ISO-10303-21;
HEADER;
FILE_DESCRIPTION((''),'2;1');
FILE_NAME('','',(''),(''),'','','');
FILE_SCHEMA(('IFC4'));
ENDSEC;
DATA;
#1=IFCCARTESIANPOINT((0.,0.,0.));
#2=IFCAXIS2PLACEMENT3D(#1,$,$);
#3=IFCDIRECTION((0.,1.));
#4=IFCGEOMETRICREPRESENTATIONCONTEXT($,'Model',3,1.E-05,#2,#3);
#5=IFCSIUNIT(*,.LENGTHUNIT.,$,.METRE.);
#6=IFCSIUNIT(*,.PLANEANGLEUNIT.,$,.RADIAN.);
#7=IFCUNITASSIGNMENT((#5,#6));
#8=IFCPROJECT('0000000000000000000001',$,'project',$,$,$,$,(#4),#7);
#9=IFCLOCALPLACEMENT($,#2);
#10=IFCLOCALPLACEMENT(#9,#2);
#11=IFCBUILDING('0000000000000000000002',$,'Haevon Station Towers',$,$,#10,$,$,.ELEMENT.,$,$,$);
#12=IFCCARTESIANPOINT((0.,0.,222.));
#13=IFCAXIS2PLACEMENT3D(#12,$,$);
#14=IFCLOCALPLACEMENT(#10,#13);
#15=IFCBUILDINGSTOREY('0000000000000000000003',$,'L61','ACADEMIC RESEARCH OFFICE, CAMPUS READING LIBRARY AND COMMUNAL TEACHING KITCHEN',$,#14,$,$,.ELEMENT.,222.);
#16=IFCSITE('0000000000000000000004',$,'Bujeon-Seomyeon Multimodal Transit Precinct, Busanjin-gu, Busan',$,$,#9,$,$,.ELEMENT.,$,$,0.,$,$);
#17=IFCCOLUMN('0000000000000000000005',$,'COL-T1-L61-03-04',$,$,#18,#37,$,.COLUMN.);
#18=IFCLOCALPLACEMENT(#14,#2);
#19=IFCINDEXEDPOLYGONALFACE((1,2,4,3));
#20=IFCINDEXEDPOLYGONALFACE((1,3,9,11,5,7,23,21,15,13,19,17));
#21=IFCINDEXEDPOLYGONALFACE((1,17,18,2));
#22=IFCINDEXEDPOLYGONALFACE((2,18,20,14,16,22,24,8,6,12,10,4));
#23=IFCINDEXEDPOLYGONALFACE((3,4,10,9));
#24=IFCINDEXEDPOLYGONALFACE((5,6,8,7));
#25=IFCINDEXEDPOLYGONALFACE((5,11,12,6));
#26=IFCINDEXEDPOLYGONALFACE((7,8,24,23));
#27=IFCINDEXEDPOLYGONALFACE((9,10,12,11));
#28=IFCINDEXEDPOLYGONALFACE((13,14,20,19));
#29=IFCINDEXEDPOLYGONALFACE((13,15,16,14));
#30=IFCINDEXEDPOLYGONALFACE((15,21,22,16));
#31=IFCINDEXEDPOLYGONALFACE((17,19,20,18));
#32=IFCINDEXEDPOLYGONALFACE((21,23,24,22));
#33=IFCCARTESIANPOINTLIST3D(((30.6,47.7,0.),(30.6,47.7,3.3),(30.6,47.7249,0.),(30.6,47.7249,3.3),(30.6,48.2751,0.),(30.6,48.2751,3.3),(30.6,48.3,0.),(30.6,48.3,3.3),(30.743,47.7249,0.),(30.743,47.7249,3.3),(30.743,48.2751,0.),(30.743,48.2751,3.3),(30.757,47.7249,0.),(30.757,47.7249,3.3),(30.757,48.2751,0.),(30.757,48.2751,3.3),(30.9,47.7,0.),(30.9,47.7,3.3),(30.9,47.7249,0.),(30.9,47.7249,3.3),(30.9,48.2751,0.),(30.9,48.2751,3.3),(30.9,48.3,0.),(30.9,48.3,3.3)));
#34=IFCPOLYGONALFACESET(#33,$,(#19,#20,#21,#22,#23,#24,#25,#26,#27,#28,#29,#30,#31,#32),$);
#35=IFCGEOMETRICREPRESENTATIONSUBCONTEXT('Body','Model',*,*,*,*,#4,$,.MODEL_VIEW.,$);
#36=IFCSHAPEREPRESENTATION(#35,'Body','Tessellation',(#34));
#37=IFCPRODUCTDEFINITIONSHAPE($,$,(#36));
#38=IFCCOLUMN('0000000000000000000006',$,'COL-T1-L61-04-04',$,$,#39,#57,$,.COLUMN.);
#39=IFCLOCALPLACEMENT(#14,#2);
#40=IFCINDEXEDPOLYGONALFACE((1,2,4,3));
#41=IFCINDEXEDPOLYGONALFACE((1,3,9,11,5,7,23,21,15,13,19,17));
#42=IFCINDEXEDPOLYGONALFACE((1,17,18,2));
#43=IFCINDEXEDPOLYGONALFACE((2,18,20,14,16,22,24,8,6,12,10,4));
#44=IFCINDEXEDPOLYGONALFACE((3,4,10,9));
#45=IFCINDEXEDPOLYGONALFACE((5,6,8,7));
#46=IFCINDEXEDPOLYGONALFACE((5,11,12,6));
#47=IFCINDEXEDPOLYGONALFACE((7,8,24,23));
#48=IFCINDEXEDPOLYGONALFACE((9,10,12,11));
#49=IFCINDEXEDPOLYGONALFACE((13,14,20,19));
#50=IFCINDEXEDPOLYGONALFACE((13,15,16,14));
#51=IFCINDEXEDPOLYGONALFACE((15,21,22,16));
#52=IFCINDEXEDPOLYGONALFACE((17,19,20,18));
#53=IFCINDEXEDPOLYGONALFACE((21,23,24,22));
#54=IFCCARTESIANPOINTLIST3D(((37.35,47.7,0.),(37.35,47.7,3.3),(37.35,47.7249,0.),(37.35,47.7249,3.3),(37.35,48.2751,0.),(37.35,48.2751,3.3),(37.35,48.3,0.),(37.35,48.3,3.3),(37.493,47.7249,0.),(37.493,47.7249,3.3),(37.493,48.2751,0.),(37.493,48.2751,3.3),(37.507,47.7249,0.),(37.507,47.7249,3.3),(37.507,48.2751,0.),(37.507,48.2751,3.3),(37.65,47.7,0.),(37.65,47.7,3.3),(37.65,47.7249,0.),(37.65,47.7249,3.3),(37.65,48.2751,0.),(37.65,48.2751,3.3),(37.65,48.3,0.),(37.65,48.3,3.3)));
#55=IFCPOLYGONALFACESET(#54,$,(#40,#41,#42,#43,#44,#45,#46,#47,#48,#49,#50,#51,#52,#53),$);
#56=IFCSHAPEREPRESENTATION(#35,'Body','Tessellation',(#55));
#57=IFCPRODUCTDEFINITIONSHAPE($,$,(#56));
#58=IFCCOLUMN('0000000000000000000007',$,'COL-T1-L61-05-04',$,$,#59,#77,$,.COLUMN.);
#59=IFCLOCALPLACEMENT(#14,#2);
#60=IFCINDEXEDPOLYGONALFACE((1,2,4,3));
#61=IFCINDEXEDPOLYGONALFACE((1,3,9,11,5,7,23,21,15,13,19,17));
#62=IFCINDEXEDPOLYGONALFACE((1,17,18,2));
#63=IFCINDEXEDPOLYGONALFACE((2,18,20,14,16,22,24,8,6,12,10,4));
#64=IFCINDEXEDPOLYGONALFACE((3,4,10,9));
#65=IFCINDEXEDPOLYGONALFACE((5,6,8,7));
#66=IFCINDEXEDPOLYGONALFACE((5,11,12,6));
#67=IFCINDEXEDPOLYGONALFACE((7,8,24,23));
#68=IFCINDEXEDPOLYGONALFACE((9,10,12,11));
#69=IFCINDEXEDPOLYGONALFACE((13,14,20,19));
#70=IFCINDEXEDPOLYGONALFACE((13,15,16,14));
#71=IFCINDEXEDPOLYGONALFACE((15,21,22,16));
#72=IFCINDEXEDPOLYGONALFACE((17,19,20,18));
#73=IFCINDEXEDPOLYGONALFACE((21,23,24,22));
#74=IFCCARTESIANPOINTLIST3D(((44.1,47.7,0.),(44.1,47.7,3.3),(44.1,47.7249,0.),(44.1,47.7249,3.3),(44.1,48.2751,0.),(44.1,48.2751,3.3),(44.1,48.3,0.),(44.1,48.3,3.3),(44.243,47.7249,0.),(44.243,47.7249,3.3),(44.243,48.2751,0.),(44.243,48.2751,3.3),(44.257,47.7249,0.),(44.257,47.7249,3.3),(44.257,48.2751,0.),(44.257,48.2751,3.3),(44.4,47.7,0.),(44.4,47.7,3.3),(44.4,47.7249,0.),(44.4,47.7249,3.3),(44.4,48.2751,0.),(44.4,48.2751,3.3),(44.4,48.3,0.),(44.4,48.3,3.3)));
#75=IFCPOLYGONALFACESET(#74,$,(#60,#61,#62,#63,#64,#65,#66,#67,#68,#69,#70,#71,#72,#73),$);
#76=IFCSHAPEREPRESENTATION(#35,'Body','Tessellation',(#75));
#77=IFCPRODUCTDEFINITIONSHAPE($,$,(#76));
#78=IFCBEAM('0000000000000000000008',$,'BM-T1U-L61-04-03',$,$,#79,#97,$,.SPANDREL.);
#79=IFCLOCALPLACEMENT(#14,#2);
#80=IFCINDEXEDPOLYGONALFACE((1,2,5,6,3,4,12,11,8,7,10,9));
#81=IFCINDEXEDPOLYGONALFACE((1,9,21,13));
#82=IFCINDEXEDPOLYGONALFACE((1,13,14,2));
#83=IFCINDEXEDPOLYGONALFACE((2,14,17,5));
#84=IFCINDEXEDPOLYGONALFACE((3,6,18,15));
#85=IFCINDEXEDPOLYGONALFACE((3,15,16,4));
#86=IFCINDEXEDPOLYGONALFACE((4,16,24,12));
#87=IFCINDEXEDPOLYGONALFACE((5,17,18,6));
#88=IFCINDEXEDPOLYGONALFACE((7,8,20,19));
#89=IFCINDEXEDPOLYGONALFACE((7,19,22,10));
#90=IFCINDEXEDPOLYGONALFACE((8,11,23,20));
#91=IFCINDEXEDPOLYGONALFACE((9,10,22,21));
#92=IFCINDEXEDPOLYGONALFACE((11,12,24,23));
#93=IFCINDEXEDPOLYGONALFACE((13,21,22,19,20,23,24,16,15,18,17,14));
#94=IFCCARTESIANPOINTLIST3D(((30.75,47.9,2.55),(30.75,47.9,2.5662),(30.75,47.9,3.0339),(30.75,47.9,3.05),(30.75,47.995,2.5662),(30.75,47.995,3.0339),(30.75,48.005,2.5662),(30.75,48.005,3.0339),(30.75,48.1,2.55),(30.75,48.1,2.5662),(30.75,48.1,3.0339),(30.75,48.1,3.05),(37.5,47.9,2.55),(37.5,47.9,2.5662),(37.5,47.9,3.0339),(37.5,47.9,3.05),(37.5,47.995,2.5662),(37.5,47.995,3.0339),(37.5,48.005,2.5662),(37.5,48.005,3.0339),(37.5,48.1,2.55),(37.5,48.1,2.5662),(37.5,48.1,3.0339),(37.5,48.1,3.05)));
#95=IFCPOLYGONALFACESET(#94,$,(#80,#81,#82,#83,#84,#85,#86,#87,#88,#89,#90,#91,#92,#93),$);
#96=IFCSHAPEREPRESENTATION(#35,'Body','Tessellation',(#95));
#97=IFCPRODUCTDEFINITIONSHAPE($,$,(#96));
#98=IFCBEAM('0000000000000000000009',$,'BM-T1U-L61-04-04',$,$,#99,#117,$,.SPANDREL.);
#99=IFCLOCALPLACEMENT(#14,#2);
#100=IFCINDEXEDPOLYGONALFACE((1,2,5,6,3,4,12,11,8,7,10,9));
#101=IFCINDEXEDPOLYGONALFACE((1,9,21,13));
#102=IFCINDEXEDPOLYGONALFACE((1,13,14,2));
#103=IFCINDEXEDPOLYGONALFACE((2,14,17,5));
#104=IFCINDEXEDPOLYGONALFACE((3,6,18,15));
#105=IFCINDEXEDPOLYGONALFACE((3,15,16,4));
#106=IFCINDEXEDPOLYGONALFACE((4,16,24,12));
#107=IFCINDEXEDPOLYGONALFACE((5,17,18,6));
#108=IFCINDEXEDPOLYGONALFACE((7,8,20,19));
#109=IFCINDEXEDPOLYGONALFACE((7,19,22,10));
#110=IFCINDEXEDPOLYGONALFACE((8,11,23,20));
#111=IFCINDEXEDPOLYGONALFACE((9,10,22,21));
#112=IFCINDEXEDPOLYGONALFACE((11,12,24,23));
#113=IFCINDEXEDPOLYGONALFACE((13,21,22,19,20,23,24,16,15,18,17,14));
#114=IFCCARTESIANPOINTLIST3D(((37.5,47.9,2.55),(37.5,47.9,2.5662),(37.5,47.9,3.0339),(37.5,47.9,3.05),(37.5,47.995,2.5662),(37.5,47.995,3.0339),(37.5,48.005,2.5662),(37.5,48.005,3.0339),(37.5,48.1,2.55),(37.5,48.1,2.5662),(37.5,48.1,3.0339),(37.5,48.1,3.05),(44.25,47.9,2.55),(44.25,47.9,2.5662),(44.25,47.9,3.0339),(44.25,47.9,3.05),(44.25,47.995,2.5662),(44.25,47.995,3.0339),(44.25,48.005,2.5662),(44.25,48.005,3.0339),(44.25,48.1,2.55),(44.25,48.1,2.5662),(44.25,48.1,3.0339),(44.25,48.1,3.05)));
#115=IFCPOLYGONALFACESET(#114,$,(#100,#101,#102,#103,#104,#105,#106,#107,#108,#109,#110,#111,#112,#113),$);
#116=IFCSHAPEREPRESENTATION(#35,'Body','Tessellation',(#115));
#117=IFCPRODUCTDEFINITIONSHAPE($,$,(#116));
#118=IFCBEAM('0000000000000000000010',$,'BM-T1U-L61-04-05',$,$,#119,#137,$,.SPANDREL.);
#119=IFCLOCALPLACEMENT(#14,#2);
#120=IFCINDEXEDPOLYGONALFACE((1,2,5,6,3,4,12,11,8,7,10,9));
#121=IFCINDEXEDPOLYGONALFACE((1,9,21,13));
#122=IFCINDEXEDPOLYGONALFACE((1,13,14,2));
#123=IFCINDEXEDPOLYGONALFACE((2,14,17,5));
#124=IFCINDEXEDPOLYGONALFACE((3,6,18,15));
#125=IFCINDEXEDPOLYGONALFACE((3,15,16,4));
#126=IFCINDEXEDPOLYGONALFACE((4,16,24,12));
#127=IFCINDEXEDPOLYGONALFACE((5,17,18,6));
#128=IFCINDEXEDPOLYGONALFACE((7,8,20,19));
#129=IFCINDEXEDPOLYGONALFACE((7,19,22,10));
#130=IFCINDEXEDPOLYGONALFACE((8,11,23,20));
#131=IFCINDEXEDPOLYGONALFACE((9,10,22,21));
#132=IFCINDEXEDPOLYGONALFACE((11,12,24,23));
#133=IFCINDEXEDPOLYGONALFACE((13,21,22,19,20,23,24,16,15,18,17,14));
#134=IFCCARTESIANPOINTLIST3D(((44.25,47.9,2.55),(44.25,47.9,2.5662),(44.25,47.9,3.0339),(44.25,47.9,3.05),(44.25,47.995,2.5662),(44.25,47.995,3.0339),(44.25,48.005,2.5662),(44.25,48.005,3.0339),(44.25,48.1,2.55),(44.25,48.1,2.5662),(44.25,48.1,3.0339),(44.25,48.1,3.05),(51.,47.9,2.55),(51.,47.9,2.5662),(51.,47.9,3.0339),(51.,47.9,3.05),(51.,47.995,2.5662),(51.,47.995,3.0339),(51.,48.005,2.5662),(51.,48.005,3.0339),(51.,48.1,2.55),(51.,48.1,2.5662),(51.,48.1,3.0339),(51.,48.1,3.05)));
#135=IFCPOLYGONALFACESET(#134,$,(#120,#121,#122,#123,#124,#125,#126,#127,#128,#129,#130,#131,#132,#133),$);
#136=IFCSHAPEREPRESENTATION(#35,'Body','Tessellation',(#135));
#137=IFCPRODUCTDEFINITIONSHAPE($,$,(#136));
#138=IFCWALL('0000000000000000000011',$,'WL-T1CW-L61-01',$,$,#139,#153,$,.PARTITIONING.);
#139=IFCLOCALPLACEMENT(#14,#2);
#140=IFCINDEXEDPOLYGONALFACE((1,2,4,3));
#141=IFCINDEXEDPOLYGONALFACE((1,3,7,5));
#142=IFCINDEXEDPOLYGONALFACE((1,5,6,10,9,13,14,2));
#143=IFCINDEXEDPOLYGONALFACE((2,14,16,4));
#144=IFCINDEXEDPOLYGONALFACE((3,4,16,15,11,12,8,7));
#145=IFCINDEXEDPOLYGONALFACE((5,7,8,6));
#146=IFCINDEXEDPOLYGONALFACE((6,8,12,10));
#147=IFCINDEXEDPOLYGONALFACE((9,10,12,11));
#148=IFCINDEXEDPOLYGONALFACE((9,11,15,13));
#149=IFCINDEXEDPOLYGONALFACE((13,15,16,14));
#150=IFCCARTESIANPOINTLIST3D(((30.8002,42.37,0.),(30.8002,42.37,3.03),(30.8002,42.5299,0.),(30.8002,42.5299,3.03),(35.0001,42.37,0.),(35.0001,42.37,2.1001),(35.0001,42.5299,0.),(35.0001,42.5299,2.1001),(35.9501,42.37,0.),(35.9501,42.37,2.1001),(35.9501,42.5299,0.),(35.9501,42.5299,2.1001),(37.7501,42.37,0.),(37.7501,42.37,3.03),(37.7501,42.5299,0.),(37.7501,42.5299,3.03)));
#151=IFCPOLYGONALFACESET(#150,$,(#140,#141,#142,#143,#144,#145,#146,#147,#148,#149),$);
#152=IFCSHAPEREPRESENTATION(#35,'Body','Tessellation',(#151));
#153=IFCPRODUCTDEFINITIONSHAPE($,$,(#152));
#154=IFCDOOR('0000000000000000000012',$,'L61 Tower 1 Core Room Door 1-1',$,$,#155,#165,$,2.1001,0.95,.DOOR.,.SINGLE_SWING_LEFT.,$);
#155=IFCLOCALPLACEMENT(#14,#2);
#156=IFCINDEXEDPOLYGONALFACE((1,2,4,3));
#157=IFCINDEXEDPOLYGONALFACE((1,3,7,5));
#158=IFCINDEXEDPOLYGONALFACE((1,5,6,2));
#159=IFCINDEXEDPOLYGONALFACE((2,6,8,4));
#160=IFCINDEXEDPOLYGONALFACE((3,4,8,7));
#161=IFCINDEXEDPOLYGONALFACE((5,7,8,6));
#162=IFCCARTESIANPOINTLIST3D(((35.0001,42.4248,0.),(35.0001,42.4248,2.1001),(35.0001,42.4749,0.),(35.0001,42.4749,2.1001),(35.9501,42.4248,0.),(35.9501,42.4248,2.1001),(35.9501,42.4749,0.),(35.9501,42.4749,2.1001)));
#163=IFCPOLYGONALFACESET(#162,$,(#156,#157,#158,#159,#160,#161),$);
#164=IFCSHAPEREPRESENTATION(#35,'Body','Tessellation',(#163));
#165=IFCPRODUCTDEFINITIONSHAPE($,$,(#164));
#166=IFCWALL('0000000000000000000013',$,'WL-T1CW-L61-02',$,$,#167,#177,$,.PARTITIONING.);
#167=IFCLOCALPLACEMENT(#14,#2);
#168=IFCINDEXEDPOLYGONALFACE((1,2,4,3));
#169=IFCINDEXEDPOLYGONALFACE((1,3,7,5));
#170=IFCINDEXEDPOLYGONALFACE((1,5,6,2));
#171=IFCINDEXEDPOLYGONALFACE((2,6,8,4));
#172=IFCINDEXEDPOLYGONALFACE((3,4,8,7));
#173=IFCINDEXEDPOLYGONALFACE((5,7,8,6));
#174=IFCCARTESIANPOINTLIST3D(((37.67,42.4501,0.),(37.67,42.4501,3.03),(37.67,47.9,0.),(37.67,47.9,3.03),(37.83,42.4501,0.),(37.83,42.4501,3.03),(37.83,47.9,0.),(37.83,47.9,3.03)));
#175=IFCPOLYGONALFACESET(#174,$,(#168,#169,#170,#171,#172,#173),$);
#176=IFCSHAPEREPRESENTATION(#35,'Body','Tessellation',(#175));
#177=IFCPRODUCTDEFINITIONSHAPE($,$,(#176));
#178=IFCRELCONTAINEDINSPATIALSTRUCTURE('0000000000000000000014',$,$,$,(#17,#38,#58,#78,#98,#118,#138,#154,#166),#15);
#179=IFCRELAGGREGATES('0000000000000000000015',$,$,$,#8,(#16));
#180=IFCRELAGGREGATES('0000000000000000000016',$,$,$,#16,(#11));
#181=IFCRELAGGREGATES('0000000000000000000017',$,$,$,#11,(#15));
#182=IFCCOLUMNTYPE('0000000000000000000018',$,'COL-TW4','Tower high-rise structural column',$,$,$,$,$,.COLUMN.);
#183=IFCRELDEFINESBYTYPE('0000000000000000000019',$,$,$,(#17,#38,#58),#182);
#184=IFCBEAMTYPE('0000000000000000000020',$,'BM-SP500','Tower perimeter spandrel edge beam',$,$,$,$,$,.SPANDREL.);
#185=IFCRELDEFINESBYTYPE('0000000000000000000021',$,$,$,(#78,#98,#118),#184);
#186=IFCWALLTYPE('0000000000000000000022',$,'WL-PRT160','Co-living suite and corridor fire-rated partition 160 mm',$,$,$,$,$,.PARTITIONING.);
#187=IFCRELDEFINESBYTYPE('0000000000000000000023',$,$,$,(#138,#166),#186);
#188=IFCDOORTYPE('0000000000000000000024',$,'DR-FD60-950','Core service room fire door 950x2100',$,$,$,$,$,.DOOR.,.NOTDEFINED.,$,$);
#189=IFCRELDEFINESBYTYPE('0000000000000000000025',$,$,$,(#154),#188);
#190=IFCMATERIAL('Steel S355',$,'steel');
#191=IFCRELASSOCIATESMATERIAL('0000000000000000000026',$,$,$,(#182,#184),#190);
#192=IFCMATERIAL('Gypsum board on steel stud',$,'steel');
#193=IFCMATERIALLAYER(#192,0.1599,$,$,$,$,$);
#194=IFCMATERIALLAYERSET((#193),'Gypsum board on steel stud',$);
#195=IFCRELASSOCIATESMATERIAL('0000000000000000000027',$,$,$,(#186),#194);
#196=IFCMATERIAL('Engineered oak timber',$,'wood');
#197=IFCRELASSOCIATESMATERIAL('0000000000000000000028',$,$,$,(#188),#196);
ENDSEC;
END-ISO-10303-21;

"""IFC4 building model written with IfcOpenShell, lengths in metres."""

from ifc_helpers import new_model, si_unit, direction, frame, frame_2d, origin, origin_2d, place, context, subcontext, project, spatial, rectangle, i_section, extrude, material, layer, layer_set, material_profile, profile_set, type_object, element, fill, save


model = new_model("IFC4")

# Units and contexts
model_context = context("Model", 3, precision=1e-05, world=origin(), true_north=direction((0.0, 1.0)))
body_context = subcontext(model_context, "Body", "Model", "MODEL_VIEW")
ifc_project = project(units=[si_unit("LENGTHUNIT", "METRE"), si_unit("PLANEANGLEUNIT", "RADIAN")], contexts=[model_context])

# Site, building, storey
site_placement = place(None, origin())
site = spatial("IfcSite", under=ifc_project, at=site_placement, Name="Bujeon-Seomyeon Multimodal Transit Precinct, Busanjin-gu, Busan", CompositionType="ELEMENT", RefElevation=0.0)
building_placement = place(site_placement, origin())
building = spatial("IfcBuilding", under=site, at=building_placement, Name="Haevon Station Towers", CompositionType="ELEMENT")
storey_placement = place(building_placement, frame((0.0, 0.0, 222.0)))
storey = spatial("IfcBuildingStorey", under=building, at=storey_placement, Name="L61", Description="ACADEMIC RESEARCH OFFICE, CAMPUS READING LIBRARY AND COMMUNAL TEACHING KITCHEN", CompositionType="ELEMENT", Elevation=222.0)

# Columns
ifc_material_1 = material(Name="Steel S355", Category="steel")
ifc_material_profile_1 = material_profile(ifc_material_1, i_section(OverallWidth=0.3, OverallDepth=0.6001, WebThickness=0.0139, FlangeThickness=0.0249, at=origin_2d()), Name="H-600x300x14x25")
ifc_profile_set_1 = profile_set([ifc_material_profile_1], Name="Steel S355")
column_type = type_object("IfcColumnType", Name="COL-TW4", Description="Tower high-rise structural column", PredefinedType="COLUMN", material=ifc_profile_set_1)
for number, where, z_axis, x_axis, name in (
    (1, (30.75, 48.0, 0.0), (0.0, 0.0, 1.0), (1.0, 0.0, 0.0), "COL-T1-L61-03-04"),
    (2, (37.5, 48.0, 0.0), (0.0, 0.0, 1.0), (1.0, 0.0, 0.0), "COL-T1-L61-04-04"),
    (3, (44.25, 48.0, 0.0), (0.0, 0.0, 1.0), (1.0, 0.0, 0.0), "COL-T1-L61-05-04"),
):
    element("IfcColumn", number, at=place(storey_placement, frame(where, z_axis=z_axis, x_axis=x_axis)), inside=storey, type_object=column_type, Name=name, PredefinedType="COLUMN", context=body_context, shape_type="SweptSolid", body=[
        extrude(i_section(OverallWidth=0.3, OverallDepth=0.6001, WebThickness=0.0139, FlangeThickness=0.0249, at=origin_2d()), origin(), (0.0, 0.0, 1.0), 3.3),
    ])

# Beams
ifc_material_profile_2 = material_profile(ifc_material_1, i_section(OverallWidth=0.2, OverallDepth=0.5, WebThickness=0.01, FlangeThickness=0.0161, at=origin_2d()), Name="H-500x200x10x16")
ifc_profile_set_2 = profile_set([ifc_material_profile_2], Name="Steel S355")
beam_type = type_object("IfcBeamType", Name="BM-SP500", Description="Tower perimeter spandrel edge beam", PredefinedType="SPANDREL", material=ifc_profile_set_2)
for number, where, z_axis, x_axis, name in (
    (4, (30.75, 48.0, 2.8), (1.0, 0.0, 0.0), (0.0, 1.0, 0.0), "BM-T1U-L61-04-03"),
    (5, (37.5, 48.0, 2.8), (1.0, 0.0, 0.0), (0.0, 1.0, 0.0), "BM-T1U-L61-04-04"),
    (6, (44.25, 48.0, 2.8), (1.0, 0.0, 0.0), (0.0, 1.0, 0.0), "BM-T1U-L61-04-05"),
):
    element("IfcBeam", number, at=place(storey_placement, frame(where, z_axis=z_axis, x_axis=x_axis)), inside=storey, type_object=beam_type, Name=name, PredefinedType="SPANDREL", context=body_context, shape_type="SweptSolid", body=[
        extrude(i_section(OverallWidth=0.2, OverallDepth=0.5, WebThickness=0.01, FlangeThickness=0.0161, at=origin_2d()), origin(), (0.0, 0.0, 1.0), 6.75),
    ])

# Wall, opening, door
ifc_material_2 = material(Name="Gypsum board on steel stud", Category="steel")
ifc_layer_1 = layer(ifc_material_2, 0.1599)
ifc_layer_set_1 = layer_set([ifc_layer_1], Name="Gypsum board on steel stud")
wall_type_1 = type_object("IfcWallType", Name="WL-PRT160", Description="Co-living suite and corridor fire-rated partition 160 mm", PredefinedType="PARTITIONING", material=ifc_layer_set_1)
wall_1_placement = place(storey_placement, frame((30.8, 42.45, 0.0), z_axis=(0.0, 0.0, 1.0), x_axis=(1.0, 0.0, 0.0)))
wall_1 = element("IfcWall", 7, at=wall_1_placement, inside=storey, type_object=wall_type_1, Name="WL-T1CW-L61-01", PredefinedType="PARTITIONING", context=body_context, shape_type="SweptSolid", body=[
    extrude(rectangle(XDim=6.95, YDim=0.1599, at=frame_2d((3.4751, 0.0))), origin(), (0.0, 0.0, 1.0), 3.03),
])
opening_1_placement = place(wall_1_placement, frame((4.2, 0.0, 0.0)))
opening_1 = element("IfcOpeningElement", 8, at=opening_1_placement, cuts=wall_1, PredefinedType="OPENING", context=body_context, shape_type="SweptSolid", body=[
    extrude(rectangle(XDim=0.95, YDim=2.1001, at=frame_2d((0.4751, 1.05))), frame((0.0, 0.0898, 0.0), z_axis=(0.0, -1.0, 0.0), x_axis=(1.0, 0.0, 0.0)), (0.0, 0.0, 1.0), 0.1799),
])
ifc_material_3 = material(Name="Engineered oak timber", Category="wood")
door_type_1 = type_object("IfcDoorType", Name="DR-FD60-950", Description="Core service room fire door 950x2100", OperationType="NOTDEFINED", PredefinedType="DOOR", material=ifc_material_3)
door_1_placement = place(opening_1_placement, origin())
door_1 = element("IfcDoor", 9, at=door_1_placement, inside=storey, type_object=door_type_1, Name="L61 Tower 1 Core Room Door 1-1", OperationType="SINGLE_SWING_LEFT", OverallHeight=2.1001, OverallWidth=0.95, PredefinedType="DOOR", context=body_context, shape_type="SweptSolid", body=[
    extrude(rectangle(XDim=0.95, YDim=2.1001, at=frame_2d((0.4751, 1.05))), frame((0.0, 0.0249, 0.0), z_axis=(0.0, -1.0, 0.0), x_axis=(1.0, 0.0, 0.0)), (0.0, 0.0, 1.0), 0.05),
])
fill(opening_1, door_1)

# Wall
wall_2_placement = place(storey_placement, frame((37.75, 42.45, 0.0), z_axis=(0.0, 0.0, 1.0), x_axis=(0.0, 1.0, 0.0)))
element("IfcWall", 10, at=wall_2_placement, inside=storey, type_object=wall_type_1, Name="WL-T1CW-L61-02", PredefinedType="PARTITIONING", context=body_context, shape_type="SweptSolid", body=[
    extrude(rectangle(XDim=5.45, YDim=0.1599, at=frame_2d((2.7251, 0.0))), origin(), (0.0, 0.0, 1.0), 3.03),
])

save(model, "model.ifc")
